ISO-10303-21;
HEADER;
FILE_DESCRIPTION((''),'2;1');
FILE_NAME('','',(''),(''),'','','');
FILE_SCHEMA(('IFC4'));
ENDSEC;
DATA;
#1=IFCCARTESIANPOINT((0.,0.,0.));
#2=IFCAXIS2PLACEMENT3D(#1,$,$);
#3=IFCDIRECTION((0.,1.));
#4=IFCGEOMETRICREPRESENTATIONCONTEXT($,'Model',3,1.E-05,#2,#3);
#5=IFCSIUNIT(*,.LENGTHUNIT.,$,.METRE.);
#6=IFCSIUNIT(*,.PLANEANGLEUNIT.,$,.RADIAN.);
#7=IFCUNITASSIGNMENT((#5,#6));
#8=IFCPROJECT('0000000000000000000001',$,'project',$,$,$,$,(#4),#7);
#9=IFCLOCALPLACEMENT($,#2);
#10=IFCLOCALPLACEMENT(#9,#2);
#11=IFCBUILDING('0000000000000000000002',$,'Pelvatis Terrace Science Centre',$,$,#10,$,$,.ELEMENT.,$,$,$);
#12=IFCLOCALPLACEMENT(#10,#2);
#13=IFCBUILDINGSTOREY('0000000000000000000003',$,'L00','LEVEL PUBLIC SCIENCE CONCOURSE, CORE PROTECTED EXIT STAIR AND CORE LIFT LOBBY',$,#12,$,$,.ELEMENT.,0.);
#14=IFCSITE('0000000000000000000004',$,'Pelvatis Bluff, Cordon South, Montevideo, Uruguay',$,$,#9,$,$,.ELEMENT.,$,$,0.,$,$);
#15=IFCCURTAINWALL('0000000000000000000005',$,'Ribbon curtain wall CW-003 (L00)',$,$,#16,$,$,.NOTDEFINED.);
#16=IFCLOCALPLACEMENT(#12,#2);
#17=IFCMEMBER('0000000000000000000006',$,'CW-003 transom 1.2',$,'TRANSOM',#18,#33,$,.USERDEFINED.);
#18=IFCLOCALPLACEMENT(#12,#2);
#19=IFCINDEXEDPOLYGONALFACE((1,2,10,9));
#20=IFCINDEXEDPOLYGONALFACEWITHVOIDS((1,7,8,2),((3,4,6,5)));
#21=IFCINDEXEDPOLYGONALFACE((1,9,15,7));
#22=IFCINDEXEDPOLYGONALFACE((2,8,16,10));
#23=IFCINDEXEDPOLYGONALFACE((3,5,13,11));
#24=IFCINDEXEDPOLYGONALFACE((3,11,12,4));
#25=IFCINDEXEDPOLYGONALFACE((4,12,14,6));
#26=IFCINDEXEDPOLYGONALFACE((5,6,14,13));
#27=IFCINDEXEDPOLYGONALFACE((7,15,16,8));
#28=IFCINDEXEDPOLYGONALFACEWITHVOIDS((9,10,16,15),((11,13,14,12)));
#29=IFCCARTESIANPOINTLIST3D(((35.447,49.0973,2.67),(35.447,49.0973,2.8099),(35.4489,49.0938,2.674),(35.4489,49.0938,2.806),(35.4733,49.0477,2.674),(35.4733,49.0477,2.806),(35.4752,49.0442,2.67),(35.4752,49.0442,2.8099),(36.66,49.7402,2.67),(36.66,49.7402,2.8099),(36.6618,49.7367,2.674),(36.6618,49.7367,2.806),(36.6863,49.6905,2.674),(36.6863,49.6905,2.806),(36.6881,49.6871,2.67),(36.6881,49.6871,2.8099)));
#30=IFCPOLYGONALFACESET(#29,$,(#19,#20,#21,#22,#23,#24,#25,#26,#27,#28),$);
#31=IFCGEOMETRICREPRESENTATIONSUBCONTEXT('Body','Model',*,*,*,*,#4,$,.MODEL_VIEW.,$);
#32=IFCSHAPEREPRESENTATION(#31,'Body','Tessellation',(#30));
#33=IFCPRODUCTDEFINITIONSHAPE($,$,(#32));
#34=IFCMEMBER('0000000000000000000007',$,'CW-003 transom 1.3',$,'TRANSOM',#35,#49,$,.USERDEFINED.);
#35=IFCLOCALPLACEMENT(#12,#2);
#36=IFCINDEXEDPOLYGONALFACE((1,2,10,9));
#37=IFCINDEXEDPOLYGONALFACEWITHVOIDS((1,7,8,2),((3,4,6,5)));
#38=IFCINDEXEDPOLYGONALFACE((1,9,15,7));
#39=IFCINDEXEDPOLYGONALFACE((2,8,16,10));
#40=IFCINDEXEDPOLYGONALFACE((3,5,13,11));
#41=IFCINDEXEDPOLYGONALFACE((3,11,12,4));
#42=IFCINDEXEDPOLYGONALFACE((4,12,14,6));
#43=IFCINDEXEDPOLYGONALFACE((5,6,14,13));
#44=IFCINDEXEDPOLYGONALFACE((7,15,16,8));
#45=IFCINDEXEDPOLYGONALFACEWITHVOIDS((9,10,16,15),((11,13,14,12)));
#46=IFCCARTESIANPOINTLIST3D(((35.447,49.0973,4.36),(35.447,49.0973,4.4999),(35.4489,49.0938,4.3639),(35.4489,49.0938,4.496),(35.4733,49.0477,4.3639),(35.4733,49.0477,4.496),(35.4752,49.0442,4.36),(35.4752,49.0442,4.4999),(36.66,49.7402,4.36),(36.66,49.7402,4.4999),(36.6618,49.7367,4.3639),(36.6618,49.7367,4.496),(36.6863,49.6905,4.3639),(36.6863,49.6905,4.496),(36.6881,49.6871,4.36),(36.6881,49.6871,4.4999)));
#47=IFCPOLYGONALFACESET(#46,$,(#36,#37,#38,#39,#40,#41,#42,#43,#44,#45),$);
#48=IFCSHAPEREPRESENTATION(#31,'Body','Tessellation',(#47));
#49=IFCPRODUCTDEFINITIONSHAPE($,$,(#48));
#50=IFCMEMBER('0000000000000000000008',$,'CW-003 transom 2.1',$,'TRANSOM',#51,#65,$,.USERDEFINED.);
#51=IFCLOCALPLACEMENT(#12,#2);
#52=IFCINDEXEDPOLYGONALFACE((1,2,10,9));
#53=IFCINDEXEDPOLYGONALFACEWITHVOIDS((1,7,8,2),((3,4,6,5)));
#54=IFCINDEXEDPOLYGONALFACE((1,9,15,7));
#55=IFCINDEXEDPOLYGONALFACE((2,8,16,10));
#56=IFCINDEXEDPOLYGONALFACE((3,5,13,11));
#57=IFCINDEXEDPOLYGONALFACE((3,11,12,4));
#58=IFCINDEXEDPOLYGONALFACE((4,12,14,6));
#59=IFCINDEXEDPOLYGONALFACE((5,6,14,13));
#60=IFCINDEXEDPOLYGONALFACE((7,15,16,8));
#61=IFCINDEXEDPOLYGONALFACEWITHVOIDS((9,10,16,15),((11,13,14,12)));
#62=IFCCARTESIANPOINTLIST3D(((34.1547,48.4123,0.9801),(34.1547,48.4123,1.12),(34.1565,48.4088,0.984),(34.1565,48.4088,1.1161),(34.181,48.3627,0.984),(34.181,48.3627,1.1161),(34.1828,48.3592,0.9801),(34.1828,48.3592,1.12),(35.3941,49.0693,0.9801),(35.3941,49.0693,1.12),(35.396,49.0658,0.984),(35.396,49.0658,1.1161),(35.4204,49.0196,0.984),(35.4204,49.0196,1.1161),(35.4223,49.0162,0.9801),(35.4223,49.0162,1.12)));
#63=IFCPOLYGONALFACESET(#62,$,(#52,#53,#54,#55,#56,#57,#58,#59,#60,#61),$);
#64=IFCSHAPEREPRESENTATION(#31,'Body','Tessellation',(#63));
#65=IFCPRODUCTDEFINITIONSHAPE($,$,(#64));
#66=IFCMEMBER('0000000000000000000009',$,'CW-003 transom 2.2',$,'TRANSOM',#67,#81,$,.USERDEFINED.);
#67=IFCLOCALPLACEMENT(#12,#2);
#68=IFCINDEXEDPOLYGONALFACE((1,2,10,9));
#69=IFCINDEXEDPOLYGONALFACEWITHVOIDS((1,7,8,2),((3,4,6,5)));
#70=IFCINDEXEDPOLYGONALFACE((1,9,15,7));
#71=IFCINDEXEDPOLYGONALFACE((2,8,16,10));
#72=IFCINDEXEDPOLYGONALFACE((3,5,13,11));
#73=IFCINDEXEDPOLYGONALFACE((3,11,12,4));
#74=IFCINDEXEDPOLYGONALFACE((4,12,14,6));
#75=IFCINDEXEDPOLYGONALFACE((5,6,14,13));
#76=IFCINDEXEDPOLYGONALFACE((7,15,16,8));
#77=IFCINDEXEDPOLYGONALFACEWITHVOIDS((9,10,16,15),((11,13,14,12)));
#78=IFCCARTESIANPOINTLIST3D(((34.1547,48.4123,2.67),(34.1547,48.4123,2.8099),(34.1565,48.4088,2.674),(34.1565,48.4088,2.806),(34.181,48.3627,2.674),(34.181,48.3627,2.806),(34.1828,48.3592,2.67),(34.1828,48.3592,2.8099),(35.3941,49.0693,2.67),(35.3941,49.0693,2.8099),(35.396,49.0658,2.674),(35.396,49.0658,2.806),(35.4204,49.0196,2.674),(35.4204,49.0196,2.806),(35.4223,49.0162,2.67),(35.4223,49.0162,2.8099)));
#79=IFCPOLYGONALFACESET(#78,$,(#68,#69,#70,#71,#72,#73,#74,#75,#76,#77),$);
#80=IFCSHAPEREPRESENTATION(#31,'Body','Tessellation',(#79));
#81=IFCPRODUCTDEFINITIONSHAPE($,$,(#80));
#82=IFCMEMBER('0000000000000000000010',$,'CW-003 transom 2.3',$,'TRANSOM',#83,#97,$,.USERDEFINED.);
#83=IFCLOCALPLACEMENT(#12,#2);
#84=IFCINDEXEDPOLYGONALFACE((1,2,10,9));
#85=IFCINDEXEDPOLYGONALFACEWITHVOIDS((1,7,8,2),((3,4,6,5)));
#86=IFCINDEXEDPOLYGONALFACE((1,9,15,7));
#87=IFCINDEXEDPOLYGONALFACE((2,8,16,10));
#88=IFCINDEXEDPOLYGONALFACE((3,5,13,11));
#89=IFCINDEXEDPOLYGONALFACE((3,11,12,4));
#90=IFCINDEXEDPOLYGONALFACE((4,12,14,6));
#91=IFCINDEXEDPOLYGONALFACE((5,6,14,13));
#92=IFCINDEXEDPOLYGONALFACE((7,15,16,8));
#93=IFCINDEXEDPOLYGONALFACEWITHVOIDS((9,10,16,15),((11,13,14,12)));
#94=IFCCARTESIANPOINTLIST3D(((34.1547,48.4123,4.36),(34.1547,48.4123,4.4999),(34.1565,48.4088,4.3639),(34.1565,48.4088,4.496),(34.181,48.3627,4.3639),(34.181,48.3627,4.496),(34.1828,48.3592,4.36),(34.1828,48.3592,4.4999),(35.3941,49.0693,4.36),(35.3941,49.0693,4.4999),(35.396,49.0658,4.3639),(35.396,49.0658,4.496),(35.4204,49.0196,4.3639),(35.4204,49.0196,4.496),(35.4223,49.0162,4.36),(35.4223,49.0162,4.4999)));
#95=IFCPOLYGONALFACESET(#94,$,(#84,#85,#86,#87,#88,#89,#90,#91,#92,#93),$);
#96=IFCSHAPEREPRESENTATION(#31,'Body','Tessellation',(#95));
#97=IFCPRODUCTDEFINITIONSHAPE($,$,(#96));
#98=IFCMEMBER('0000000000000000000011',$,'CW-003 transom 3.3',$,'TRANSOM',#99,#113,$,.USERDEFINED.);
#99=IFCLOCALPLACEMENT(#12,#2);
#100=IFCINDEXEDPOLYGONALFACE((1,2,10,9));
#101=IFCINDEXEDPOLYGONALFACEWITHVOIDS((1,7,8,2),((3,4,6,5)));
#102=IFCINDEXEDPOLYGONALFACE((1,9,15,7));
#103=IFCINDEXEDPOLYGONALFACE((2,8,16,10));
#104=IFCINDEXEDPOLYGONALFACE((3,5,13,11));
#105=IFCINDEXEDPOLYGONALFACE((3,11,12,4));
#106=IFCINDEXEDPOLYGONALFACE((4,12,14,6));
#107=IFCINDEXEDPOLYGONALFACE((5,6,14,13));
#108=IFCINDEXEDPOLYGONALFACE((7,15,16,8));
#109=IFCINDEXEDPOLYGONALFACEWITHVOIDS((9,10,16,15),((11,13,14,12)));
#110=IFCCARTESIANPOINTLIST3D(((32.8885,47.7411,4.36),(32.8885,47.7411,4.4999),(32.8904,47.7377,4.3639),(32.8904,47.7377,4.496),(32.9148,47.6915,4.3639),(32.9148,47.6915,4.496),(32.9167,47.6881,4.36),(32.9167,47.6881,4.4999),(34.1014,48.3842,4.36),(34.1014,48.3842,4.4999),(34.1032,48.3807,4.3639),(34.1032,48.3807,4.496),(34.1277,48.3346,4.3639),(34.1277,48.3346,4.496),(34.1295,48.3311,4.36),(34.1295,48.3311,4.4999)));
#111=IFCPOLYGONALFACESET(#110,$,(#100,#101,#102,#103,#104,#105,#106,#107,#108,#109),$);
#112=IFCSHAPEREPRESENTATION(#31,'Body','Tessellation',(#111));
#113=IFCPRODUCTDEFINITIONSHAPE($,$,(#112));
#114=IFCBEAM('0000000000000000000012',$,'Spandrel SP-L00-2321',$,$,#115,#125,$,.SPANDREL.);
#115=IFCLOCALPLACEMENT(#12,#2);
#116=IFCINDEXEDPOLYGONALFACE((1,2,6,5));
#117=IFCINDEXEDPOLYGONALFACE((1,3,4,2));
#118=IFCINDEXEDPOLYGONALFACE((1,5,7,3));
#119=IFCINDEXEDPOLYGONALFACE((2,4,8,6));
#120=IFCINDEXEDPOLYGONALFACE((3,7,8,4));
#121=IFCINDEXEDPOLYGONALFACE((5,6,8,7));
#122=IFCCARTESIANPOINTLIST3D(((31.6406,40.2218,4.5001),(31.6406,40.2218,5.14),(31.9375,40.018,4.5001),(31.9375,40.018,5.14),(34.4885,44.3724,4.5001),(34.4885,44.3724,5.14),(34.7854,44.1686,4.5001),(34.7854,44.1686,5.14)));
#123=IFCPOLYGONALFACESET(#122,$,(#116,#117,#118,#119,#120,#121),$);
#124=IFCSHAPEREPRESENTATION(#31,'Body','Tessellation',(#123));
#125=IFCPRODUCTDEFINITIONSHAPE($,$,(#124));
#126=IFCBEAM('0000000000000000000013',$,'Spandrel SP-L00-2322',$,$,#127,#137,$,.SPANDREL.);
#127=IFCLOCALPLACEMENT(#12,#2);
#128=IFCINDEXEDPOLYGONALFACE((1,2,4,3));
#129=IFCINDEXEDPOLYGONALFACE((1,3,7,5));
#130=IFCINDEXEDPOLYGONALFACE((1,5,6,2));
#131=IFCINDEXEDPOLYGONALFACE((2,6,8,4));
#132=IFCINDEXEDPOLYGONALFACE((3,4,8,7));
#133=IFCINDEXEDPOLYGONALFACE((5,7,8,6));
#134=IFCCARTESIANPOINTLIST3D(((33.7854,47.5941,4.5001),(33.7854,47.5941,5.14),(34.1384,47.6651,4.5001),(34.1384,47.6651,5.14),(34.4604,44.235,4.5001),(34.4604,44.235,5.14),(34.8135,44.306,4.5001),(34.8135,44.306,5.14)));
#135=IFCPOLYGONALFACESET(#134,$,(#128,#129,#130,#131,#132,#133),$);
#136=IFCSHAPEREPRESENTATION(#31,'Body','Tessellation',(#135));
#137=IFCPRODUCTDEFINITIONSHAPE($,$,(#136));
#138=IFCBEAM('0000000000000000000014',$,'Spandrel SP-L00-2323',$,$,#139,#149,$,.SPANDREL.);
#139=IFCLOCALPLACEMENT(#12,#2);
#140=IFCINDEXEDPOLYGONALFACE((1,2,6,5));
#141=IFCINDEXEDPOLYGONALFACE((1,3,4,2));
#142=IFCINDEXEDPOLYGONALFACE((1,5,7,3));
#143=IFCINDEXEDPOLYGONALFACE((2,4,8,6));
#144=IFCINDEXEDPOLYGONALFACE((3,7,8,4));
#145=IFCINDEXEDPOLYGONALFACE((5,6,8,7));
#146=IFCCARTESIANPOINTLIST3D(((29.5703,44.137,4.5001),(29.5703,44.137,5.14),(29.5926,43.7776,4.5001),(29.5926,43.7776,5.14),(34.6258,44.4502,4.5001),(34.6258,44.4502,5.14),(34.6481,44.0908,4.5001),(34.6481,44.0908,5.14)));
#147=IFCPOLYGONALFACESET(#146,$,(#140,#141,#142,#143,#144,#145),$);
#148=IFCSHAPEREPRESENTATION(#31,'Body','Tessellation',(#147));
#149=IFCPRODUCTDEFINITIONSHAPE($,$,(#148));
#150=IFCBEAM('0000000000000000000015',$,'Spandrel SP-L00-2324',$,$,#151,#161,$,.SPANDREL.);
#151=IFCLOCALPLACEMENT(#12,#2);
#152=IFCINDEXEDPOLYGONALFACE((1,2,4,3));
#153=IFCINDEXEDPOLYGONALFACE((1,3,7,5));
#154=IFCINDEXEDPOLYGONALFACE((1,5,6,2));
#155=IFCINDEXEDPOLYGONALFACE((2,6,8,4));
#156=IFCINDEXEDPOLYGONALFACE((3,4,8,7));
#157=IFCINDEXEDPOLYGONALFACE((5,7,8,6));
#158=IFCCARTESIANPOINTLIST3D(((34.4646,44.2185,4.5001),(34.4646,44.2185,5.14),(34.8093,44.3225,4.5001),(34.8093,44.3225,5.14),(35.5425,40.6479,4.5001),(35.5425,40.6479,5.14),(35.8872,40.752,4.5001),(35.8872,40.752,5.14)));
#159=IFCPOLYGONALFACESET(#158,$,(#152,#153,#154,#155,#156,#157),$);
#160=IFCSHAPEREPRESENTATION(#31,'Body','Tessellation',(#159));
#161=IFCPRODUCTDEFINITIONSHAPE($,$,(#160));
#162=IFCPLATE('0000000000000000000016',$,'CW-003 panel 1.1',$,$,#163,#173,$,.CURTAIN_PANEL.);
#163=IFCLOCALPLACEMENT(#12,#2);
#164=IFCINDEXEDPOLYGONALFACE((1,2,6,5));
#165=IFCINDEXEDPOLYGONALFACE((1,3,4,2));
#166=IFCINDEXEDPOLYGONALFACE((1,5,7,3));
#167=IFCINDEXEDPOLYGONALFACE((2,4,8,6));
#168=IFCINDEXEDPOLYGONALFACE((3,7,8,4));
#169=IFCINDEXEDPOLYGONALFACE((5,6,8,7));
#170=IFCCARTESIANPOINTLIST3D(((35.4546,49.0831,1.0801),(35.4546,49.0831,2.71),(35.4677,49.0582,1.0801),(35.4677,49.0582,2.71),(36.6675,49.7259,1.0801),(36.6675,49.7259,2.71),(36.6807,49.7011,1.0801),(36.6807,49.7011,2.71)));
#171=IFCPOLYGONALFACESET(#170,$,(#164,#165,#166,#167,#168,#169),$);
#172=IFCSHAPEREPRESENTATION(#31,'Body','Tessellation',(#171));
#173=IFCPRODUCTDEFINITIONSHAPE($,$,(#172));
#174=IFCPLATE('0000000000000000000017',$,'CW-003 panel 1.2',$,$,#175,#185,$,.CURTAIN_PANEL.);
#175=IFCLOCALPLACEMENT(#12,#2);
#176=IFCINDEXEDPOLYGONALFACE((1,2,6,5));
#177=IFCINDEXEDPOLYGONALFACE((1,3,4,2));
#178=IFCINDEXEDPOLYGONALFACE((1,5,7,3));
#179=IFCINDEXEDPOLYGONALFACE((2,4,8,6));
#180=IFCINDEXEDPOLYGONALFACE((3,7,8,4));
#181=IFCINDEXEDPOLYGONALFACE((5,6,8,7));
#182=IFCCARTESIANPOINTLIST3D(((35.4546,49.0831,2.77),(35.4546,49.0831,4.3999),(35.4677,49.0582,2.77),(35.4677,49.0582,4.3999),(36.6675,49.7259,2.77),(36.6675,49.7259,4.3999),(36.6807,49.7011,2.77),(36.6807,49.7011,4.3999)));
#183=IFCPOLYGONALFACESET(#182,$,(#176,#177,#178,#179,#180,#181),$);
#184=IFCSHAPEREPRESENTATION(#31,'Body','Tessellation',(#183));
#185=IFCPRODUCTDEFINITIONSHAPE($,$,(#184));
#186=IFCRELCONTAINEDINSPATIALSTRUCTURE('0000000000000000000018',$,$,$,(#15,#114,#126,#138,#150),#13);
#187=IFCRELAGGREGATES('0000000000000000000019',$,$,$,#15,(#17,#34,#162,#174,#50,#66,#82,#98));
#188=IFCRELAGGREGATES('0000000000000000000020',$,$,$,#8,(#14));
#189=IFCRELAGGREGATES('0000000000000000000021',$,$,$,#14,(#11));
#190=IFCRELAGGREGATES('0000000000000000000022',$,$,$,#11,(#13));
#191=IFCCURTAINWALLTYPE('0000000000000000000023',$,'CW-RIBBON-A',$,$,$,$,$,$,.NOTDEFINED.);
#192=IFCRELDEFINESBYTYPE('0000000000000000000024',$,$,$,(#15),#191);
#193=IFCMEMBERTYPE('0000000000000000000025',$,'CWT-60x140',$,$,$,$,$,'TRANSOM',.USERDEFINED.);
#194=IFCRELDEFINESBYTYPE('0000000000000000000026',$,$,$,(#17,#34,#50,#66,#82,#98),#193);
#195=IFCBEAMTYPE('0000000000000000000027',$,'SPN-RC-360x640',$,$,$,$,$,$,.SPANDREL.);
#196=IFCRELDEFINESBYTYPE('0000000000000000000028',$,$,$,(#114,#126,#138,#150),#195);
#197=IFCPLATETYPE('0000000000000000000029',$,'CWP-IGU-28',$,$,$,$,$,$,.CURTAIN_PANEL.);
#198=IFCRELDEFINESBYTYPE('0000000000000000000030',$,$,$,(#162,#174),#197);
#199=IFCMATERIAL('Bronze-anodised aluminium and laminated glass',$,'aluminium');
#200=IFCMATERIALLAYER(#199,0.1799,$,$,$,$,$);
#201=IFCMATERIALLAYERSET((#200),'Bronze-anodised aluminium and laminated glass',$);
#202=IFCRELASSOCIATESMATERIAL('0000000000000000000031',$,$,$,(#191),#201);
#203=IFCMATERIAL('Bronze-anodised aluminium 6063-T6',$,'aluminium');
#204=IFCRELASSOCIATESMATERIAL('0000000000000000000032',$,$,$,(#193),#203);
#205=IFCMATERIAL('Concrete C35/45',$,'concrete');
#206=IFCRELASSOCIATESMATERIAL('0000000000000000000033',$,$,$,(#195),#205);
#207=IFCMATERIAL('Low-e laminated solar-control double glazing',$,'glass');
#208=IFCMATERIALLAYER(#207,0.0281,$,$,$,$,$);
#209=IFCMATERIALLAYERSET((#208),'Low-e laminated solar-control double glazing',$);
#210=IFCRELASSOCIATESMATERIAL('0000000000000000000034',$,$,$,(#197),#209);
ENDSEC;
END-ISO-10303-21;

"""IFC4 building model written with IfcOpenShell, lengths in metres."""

from ifc_helpers import new_model, si_unit, direction, frame, origin, origin_2d, place, context, subcontext, project, spatial, rectangle, hollow_rectangle, extrude, material, layer, layer_set, material_profile, profile_set, type_object, element, aggregate, save


model = new_model("IFC4")

# Units and contexts
model_context = context("Model", 3, precision=1e-05, world=origin(), true_north=direction((0.0, 1.0)))
body_context = subcontext(model_context, "Body", "Model", "MODEL_VIEW")
ifc_project = project(units=[si_unit("LENGTHUNIT", "METRE"), si_unit("PLANEANGLEUNIT", "RADIAN")], contexts=[model_context])

# Site, building, storey
site_placement = place(None, origin())
site = spatial("IfcSite", under=ifc_project, at=site_placement, Name="Pelvatis Bluff, Cordon South, Montevideo, Uruguay", CompositionType="ELEMENT", RefElevation=0.0)
building_placement = place(site_placement, origin())
building = spatial("IfcBuilding", under=site, at=building_placement, Name="Pelvatis Terrace Science Centre", CompositionType="ELEMENT")
storey_placement = place(building_placement, origin())
storey = spatial("IfcBuildingStorey", under=building, at=storey_placement, Name="L00", Description="LEVEL PUBLIC SCIENCE CONCOURSE, CORE PROTECTED EXIT STAIR AND CORE LIFT LOBBY", CompositionType="ELEMENT", Elevation=0.0)

# Curtain wall, members
ifc_material_1 = material(Name="Bronze-anodised aluminium and laminated glass", Category="aluminium")
ifc_layer_1 = layer(ifc_material_1, 0.1799)
ifc_layer_set_1 = layer_set([ifc_layer_1], Name="Bronze-anodised aluminium and laminated glass")
curtain_wall_type = type_object("IfcCurtainWallType", Name="CW-RIBBON-A", PredefinedType="NOTDEFINED", material=ifc_layer_set_1)
curtain_wall_placement = place(storey_placement, origin())
curtain_wall = element("IfcCurtainWall", 1, at=curtain_wall_placement, inside=storey, type_object=curtain_wall_type, Name="Ribbon curtain wall CW-003 (L00)", PredefinedType="NOTDEFINED")
ifc_material_2 = material(Name="Bronze-anodised aluminium 6063-T6", Category="aluminium")
ifc_material_profile_1 = material_profile(ifc_material_2, hollow_rectangle(XDim=0.0601, YDim=0.1399, WallThickness=0.0039, at=origin_2d()), Name="ALU-TRN 60x140")
ifc_profile_set_1 = profile_set([ifc_material_profile_1], Name="Bronze-anodised aluminium 6063-T6")
member_type_1 = type_object("IfcMemberType", Name="CWT-60x140", ElementType="TRANSOM", PredefinedType="USERDEFINED", material=ifc_profile_set_1)
member_1_placement = place(storey_placement, frame((36.6741, 49.7136, 2.74), z_axis=(-0.883576, -0.468288, 0.0), x_axis=(0.468288, -0.883576, 0.0)))
member_1 = element("IfcMember", 2, at=member_1_placement, type_object=member_type_1, Name="CW-003 transom 1.2", ObjectType="TRANSOM", PredefinedType="USERDEFINED", context=body_context, shape_type="SweptSolid", body=[
    extrude(hollow_rectangle(XDim=0.0601, YDim=0.1399, WallThickness=0.0039, at=origin_2d()), origin(), (0.0, 0.0, 1.0), 1.3728),
])
member_2_placement = place(storey_placement, frame((36.6741, 49.7136, 4.4299), z_axis=(-0.883576, -0.468288, 0.0), x_axis=(0.468288, -0.883576, 0.0)))
member_2 = element("IfcMember", 3, at=member_2_placement, type_object=member_type_1, Name="CW-003 transom 1.3", ObjectType="TRANSOM", PredefinedType="USERDEFINED", context=body_context, shape_type="SweptSolid", body=[
    extrude(hollow_rectangle(XDim=0.0601, YDim=0.1399, WallThickness=0.0039, at=origin_2d()), origin(), (0.0, 0.0, 1.0), 1.3728),
])
member_3_placement = place(storey_placement, frame((35.4082, 49.0427, 1.05), z_axis=(-0.883559, -0.468319, 0.0), x_axis=(0.468319, -0.883559, 0.0)))
member_3 = element("IfcMember", 4, at=member_3_placement, type_object=member_type_1, Name="CW-003 transom 2.1", ObjectType="TRANSOM", PredefinedType="USERDEFINED", context=body_context, shape_type="SweptSolid", body=[
    extrude(hollow_rectangle(XDim=0.0601, YDim=0.1399, WallThickness=0.0039, at=origin_2d()), origin(), (0.0, 0.0, 1.0), 1.4028),
])
member_4_placement = place(storey_placement, frame((35.4082, 49.0427, 2.74), z_axis=(-0.883559, -0.468319, 0.0), x_axis=(0.468319, -0.883559, 0.0)))
member_4 = element("IfcMember", 5, at=member_4_placement, type_object=member_type_1, Name="CW-003 transom 2.2", ObjectType="TRANSOM", PredefinedType="USERDEFINED", context=body_context, shape_type="SweptSolid", body=[
    extrude(hollow_rectangle(XDim=0.0601, YDim=0.1399, WallThickness=0.0039, at=origin_2d()), origin(), (0.0, 0.0, 1.0), 1.4028),
])
member_5_placement = place(storey_placement, frame((35.4082, 49.0427, 4.4299), z_axis=(-0.883559, -0.468319, 0.0), x_axis=(0.468319, -0.883559, 0.0)))
member_5 = element("IfcMember", 6, at=member_5_placement, type_object=member_type_1, Name="CW-003 transom 2.3", ObjectType="TRANSOM", PredefinedType="USERDEFINED", context=body_context, shape_type="SweptSolid", body=[
    extrude(hollow_rectangle(XDim=0.0601, YDim=0.1399, WallThickness=0.0039, at=origin_2d()), origin(), (0.0, 0.0, 1.0), 1.4028),
])
member_6_placement = place(storey_placement, frame((34.1155, 48.3577, 4.4299), z_axis=(-0.883502, -0.468427, 0.0), x_axis=(0.468427, -0.883502, 0.0)))
member_6 = element("IfcMember", 7, at=member_6_placement, type_object=member_type_1, Name="CW-003 transom 3.3", ObjectType="TRANSOM", PredefinedType="USERDEFINED", context=body_context, shape_type="SweptSolid", body=[
    extrude(hollow_rectangle(XDim=0.0601, YDim=0.1399, WallThickness=0.0039, at=origin_2d()), origin(), (0.0, 0.0, 1.0), 1.3728),
])

# Beams
ifc_material_3 = material(Name="Concrete C35/45", Category="concrete")
ifc_material_profile_2 = material_profile(ifc_material_3, rectangle(XDim=0.3601, YDim=0.6399, at=origin_2d()), Name="RC-SPN 360x640")
ifc_profile_set_2 = profile_set([ifc_material_profile_2], Name="Concrete C35/45")
beam_type = type_object("IfcBeamType", Name="SPN-RC-360x640", PredefinedType="SPANDREL", material=ifc_profile_set_2)
beam_1_placement = place(storey_placement, frame((34.637, 44.2705, 4.8201), z_axis=(-0.565765, -0.824567, 0.0), x_axis=(0.824567, -0.565765, 0.0)))
element("IfcBeam", 8, at=beam_1_placement, inside=storey, type_object=beam_type, Name="Spandrel SP-L00-2321", PredefinedType="SPANDREL", context=body_context, shape_type="SweptSolid", body=[
    extrude(rectangle(XDim=0.3601, YDim=0.6399, at=origin_2d()), origin(), (0.0, 0.0, 1.0), 5.0337),
])
beam_2_placement = place(storey_placement, frame((34.637, 44.2705, 4.8201), z_axis=(-0.19702, 0.980399, 0.0), x_axis=(-0.980399, -0.19702, 0.0)))
element("IfcBeam", 9, at=beam_2_placement, inside=storey, type_object=beam_type, Name="Spandrel SP-L00-2322", PredefinedType="SPANDREL", context=body_context, shape_type="SweptSolid", body=[
    extrude(rectangle(XDim=0.3601, YDim=0.6399, at=origin_2d()), origin(), (0.0, 0.0, 1.0), 3.4263),
])
beam_3_placement = place(storey_placement, frame((34.637, 44.2705, 4.8201), z_axis=(-0.998086, -0.061841, 0.0), x_axis=(0.061841, -0.998086, 0.0)))
element("IfcBeam", 10, at=beam_3_placement, inside=storey, type_object=beam_type, Name="Spandrel SP-L00-2323", PredefinedType="SPANDREL", context=body_context, shape_type="SweptSolid", body=[
    extrude(rectangle(XDim=0.3601, YDim=0.6399, at=origin_2d()), origin(), (0.0, 0.0, 1.0), 5.0652),
])
beam_4_placement = place(storey_placement, frame((34.637, 44.2705, 4.8201), z_axis=(0.288999, -0.957329, 0.0), x_axis=(0.957329, 0.288999, 0.0)))
element("IfcBeam", 11, at=beam_4_placement, inside=storey, type_object=beam_type, Name="Spandrel SP-L00-2324", PredefinedType="SPANDREL", context=body_context, shape_type="SweptSolid", body=[
    extrude(rectangle(XDim=0.3601, YDim=0.6399, at=origin_2d()), origin(), (0.0, 0.0, 1.0), 3.7297),
])

# Plates
ifc_material_4 = material(Name="Low-e laminated solar-control double glazing", Category="glass")
ifc_layer_2 = layer(ifc_material_4, 0.0281)
ifc_layer_set_2 = layer_set([ifc_layer_2], Name="Low-e laminated solar-control double glazing")
plate_type = type_object("IfcPlateType", Name="CWP-IGU-28", PredefinedType="CURTAIN_PANEL", material=ifc_layer_set_2)
plate_1_placement = place(storey_placement, frame((36.0676, 49.3921, 1.0801), z_axis=(0.0, 0.0, 1.0), x_axis=(-0.883571, -0.468298, 0.0)))
plate_1 = element("IfcPlate", 12, at=plate_1_placement, type_object=plate_type, Name="CW-003 panel 1.1", PredefinedType="CURTAIN_PANEL", context=body_context, shape_type="SweptSolid", body=[
    extrude(rectangle(XDim=1.3728, YDim=0.0281, at=origin_2d()), origin(), (0.0, 0.0, 1.0), 1.6299),
])
plate_2_placement = place(storey_placement, frame((36.0676, 49.3921, 2.77), z_axis=(0.0, 0.0, 1.0), x_axis=(-0.883571, -0.468298, 0.0)))
plate_2 = element("IfcPlate", 13, at=plate_2_placement, type_object=plate_type, Name="CW-003 panel 1.2", PredefinedType="CURTAIN_PANEL", context=body_context, shape_type="SweptSolid", body=[
    extrude(rectangle(XDim=1.3728, YDim=0.0281, at=origin_2d()), origin(), (0.0, 0.0, 1.0), 1.6299),
])
aggregate(curtain_wall, [member_1, member_2, plate_1, plate_2, member_3, member_4, member_5, member_6])

save(model, "model.ifc")
